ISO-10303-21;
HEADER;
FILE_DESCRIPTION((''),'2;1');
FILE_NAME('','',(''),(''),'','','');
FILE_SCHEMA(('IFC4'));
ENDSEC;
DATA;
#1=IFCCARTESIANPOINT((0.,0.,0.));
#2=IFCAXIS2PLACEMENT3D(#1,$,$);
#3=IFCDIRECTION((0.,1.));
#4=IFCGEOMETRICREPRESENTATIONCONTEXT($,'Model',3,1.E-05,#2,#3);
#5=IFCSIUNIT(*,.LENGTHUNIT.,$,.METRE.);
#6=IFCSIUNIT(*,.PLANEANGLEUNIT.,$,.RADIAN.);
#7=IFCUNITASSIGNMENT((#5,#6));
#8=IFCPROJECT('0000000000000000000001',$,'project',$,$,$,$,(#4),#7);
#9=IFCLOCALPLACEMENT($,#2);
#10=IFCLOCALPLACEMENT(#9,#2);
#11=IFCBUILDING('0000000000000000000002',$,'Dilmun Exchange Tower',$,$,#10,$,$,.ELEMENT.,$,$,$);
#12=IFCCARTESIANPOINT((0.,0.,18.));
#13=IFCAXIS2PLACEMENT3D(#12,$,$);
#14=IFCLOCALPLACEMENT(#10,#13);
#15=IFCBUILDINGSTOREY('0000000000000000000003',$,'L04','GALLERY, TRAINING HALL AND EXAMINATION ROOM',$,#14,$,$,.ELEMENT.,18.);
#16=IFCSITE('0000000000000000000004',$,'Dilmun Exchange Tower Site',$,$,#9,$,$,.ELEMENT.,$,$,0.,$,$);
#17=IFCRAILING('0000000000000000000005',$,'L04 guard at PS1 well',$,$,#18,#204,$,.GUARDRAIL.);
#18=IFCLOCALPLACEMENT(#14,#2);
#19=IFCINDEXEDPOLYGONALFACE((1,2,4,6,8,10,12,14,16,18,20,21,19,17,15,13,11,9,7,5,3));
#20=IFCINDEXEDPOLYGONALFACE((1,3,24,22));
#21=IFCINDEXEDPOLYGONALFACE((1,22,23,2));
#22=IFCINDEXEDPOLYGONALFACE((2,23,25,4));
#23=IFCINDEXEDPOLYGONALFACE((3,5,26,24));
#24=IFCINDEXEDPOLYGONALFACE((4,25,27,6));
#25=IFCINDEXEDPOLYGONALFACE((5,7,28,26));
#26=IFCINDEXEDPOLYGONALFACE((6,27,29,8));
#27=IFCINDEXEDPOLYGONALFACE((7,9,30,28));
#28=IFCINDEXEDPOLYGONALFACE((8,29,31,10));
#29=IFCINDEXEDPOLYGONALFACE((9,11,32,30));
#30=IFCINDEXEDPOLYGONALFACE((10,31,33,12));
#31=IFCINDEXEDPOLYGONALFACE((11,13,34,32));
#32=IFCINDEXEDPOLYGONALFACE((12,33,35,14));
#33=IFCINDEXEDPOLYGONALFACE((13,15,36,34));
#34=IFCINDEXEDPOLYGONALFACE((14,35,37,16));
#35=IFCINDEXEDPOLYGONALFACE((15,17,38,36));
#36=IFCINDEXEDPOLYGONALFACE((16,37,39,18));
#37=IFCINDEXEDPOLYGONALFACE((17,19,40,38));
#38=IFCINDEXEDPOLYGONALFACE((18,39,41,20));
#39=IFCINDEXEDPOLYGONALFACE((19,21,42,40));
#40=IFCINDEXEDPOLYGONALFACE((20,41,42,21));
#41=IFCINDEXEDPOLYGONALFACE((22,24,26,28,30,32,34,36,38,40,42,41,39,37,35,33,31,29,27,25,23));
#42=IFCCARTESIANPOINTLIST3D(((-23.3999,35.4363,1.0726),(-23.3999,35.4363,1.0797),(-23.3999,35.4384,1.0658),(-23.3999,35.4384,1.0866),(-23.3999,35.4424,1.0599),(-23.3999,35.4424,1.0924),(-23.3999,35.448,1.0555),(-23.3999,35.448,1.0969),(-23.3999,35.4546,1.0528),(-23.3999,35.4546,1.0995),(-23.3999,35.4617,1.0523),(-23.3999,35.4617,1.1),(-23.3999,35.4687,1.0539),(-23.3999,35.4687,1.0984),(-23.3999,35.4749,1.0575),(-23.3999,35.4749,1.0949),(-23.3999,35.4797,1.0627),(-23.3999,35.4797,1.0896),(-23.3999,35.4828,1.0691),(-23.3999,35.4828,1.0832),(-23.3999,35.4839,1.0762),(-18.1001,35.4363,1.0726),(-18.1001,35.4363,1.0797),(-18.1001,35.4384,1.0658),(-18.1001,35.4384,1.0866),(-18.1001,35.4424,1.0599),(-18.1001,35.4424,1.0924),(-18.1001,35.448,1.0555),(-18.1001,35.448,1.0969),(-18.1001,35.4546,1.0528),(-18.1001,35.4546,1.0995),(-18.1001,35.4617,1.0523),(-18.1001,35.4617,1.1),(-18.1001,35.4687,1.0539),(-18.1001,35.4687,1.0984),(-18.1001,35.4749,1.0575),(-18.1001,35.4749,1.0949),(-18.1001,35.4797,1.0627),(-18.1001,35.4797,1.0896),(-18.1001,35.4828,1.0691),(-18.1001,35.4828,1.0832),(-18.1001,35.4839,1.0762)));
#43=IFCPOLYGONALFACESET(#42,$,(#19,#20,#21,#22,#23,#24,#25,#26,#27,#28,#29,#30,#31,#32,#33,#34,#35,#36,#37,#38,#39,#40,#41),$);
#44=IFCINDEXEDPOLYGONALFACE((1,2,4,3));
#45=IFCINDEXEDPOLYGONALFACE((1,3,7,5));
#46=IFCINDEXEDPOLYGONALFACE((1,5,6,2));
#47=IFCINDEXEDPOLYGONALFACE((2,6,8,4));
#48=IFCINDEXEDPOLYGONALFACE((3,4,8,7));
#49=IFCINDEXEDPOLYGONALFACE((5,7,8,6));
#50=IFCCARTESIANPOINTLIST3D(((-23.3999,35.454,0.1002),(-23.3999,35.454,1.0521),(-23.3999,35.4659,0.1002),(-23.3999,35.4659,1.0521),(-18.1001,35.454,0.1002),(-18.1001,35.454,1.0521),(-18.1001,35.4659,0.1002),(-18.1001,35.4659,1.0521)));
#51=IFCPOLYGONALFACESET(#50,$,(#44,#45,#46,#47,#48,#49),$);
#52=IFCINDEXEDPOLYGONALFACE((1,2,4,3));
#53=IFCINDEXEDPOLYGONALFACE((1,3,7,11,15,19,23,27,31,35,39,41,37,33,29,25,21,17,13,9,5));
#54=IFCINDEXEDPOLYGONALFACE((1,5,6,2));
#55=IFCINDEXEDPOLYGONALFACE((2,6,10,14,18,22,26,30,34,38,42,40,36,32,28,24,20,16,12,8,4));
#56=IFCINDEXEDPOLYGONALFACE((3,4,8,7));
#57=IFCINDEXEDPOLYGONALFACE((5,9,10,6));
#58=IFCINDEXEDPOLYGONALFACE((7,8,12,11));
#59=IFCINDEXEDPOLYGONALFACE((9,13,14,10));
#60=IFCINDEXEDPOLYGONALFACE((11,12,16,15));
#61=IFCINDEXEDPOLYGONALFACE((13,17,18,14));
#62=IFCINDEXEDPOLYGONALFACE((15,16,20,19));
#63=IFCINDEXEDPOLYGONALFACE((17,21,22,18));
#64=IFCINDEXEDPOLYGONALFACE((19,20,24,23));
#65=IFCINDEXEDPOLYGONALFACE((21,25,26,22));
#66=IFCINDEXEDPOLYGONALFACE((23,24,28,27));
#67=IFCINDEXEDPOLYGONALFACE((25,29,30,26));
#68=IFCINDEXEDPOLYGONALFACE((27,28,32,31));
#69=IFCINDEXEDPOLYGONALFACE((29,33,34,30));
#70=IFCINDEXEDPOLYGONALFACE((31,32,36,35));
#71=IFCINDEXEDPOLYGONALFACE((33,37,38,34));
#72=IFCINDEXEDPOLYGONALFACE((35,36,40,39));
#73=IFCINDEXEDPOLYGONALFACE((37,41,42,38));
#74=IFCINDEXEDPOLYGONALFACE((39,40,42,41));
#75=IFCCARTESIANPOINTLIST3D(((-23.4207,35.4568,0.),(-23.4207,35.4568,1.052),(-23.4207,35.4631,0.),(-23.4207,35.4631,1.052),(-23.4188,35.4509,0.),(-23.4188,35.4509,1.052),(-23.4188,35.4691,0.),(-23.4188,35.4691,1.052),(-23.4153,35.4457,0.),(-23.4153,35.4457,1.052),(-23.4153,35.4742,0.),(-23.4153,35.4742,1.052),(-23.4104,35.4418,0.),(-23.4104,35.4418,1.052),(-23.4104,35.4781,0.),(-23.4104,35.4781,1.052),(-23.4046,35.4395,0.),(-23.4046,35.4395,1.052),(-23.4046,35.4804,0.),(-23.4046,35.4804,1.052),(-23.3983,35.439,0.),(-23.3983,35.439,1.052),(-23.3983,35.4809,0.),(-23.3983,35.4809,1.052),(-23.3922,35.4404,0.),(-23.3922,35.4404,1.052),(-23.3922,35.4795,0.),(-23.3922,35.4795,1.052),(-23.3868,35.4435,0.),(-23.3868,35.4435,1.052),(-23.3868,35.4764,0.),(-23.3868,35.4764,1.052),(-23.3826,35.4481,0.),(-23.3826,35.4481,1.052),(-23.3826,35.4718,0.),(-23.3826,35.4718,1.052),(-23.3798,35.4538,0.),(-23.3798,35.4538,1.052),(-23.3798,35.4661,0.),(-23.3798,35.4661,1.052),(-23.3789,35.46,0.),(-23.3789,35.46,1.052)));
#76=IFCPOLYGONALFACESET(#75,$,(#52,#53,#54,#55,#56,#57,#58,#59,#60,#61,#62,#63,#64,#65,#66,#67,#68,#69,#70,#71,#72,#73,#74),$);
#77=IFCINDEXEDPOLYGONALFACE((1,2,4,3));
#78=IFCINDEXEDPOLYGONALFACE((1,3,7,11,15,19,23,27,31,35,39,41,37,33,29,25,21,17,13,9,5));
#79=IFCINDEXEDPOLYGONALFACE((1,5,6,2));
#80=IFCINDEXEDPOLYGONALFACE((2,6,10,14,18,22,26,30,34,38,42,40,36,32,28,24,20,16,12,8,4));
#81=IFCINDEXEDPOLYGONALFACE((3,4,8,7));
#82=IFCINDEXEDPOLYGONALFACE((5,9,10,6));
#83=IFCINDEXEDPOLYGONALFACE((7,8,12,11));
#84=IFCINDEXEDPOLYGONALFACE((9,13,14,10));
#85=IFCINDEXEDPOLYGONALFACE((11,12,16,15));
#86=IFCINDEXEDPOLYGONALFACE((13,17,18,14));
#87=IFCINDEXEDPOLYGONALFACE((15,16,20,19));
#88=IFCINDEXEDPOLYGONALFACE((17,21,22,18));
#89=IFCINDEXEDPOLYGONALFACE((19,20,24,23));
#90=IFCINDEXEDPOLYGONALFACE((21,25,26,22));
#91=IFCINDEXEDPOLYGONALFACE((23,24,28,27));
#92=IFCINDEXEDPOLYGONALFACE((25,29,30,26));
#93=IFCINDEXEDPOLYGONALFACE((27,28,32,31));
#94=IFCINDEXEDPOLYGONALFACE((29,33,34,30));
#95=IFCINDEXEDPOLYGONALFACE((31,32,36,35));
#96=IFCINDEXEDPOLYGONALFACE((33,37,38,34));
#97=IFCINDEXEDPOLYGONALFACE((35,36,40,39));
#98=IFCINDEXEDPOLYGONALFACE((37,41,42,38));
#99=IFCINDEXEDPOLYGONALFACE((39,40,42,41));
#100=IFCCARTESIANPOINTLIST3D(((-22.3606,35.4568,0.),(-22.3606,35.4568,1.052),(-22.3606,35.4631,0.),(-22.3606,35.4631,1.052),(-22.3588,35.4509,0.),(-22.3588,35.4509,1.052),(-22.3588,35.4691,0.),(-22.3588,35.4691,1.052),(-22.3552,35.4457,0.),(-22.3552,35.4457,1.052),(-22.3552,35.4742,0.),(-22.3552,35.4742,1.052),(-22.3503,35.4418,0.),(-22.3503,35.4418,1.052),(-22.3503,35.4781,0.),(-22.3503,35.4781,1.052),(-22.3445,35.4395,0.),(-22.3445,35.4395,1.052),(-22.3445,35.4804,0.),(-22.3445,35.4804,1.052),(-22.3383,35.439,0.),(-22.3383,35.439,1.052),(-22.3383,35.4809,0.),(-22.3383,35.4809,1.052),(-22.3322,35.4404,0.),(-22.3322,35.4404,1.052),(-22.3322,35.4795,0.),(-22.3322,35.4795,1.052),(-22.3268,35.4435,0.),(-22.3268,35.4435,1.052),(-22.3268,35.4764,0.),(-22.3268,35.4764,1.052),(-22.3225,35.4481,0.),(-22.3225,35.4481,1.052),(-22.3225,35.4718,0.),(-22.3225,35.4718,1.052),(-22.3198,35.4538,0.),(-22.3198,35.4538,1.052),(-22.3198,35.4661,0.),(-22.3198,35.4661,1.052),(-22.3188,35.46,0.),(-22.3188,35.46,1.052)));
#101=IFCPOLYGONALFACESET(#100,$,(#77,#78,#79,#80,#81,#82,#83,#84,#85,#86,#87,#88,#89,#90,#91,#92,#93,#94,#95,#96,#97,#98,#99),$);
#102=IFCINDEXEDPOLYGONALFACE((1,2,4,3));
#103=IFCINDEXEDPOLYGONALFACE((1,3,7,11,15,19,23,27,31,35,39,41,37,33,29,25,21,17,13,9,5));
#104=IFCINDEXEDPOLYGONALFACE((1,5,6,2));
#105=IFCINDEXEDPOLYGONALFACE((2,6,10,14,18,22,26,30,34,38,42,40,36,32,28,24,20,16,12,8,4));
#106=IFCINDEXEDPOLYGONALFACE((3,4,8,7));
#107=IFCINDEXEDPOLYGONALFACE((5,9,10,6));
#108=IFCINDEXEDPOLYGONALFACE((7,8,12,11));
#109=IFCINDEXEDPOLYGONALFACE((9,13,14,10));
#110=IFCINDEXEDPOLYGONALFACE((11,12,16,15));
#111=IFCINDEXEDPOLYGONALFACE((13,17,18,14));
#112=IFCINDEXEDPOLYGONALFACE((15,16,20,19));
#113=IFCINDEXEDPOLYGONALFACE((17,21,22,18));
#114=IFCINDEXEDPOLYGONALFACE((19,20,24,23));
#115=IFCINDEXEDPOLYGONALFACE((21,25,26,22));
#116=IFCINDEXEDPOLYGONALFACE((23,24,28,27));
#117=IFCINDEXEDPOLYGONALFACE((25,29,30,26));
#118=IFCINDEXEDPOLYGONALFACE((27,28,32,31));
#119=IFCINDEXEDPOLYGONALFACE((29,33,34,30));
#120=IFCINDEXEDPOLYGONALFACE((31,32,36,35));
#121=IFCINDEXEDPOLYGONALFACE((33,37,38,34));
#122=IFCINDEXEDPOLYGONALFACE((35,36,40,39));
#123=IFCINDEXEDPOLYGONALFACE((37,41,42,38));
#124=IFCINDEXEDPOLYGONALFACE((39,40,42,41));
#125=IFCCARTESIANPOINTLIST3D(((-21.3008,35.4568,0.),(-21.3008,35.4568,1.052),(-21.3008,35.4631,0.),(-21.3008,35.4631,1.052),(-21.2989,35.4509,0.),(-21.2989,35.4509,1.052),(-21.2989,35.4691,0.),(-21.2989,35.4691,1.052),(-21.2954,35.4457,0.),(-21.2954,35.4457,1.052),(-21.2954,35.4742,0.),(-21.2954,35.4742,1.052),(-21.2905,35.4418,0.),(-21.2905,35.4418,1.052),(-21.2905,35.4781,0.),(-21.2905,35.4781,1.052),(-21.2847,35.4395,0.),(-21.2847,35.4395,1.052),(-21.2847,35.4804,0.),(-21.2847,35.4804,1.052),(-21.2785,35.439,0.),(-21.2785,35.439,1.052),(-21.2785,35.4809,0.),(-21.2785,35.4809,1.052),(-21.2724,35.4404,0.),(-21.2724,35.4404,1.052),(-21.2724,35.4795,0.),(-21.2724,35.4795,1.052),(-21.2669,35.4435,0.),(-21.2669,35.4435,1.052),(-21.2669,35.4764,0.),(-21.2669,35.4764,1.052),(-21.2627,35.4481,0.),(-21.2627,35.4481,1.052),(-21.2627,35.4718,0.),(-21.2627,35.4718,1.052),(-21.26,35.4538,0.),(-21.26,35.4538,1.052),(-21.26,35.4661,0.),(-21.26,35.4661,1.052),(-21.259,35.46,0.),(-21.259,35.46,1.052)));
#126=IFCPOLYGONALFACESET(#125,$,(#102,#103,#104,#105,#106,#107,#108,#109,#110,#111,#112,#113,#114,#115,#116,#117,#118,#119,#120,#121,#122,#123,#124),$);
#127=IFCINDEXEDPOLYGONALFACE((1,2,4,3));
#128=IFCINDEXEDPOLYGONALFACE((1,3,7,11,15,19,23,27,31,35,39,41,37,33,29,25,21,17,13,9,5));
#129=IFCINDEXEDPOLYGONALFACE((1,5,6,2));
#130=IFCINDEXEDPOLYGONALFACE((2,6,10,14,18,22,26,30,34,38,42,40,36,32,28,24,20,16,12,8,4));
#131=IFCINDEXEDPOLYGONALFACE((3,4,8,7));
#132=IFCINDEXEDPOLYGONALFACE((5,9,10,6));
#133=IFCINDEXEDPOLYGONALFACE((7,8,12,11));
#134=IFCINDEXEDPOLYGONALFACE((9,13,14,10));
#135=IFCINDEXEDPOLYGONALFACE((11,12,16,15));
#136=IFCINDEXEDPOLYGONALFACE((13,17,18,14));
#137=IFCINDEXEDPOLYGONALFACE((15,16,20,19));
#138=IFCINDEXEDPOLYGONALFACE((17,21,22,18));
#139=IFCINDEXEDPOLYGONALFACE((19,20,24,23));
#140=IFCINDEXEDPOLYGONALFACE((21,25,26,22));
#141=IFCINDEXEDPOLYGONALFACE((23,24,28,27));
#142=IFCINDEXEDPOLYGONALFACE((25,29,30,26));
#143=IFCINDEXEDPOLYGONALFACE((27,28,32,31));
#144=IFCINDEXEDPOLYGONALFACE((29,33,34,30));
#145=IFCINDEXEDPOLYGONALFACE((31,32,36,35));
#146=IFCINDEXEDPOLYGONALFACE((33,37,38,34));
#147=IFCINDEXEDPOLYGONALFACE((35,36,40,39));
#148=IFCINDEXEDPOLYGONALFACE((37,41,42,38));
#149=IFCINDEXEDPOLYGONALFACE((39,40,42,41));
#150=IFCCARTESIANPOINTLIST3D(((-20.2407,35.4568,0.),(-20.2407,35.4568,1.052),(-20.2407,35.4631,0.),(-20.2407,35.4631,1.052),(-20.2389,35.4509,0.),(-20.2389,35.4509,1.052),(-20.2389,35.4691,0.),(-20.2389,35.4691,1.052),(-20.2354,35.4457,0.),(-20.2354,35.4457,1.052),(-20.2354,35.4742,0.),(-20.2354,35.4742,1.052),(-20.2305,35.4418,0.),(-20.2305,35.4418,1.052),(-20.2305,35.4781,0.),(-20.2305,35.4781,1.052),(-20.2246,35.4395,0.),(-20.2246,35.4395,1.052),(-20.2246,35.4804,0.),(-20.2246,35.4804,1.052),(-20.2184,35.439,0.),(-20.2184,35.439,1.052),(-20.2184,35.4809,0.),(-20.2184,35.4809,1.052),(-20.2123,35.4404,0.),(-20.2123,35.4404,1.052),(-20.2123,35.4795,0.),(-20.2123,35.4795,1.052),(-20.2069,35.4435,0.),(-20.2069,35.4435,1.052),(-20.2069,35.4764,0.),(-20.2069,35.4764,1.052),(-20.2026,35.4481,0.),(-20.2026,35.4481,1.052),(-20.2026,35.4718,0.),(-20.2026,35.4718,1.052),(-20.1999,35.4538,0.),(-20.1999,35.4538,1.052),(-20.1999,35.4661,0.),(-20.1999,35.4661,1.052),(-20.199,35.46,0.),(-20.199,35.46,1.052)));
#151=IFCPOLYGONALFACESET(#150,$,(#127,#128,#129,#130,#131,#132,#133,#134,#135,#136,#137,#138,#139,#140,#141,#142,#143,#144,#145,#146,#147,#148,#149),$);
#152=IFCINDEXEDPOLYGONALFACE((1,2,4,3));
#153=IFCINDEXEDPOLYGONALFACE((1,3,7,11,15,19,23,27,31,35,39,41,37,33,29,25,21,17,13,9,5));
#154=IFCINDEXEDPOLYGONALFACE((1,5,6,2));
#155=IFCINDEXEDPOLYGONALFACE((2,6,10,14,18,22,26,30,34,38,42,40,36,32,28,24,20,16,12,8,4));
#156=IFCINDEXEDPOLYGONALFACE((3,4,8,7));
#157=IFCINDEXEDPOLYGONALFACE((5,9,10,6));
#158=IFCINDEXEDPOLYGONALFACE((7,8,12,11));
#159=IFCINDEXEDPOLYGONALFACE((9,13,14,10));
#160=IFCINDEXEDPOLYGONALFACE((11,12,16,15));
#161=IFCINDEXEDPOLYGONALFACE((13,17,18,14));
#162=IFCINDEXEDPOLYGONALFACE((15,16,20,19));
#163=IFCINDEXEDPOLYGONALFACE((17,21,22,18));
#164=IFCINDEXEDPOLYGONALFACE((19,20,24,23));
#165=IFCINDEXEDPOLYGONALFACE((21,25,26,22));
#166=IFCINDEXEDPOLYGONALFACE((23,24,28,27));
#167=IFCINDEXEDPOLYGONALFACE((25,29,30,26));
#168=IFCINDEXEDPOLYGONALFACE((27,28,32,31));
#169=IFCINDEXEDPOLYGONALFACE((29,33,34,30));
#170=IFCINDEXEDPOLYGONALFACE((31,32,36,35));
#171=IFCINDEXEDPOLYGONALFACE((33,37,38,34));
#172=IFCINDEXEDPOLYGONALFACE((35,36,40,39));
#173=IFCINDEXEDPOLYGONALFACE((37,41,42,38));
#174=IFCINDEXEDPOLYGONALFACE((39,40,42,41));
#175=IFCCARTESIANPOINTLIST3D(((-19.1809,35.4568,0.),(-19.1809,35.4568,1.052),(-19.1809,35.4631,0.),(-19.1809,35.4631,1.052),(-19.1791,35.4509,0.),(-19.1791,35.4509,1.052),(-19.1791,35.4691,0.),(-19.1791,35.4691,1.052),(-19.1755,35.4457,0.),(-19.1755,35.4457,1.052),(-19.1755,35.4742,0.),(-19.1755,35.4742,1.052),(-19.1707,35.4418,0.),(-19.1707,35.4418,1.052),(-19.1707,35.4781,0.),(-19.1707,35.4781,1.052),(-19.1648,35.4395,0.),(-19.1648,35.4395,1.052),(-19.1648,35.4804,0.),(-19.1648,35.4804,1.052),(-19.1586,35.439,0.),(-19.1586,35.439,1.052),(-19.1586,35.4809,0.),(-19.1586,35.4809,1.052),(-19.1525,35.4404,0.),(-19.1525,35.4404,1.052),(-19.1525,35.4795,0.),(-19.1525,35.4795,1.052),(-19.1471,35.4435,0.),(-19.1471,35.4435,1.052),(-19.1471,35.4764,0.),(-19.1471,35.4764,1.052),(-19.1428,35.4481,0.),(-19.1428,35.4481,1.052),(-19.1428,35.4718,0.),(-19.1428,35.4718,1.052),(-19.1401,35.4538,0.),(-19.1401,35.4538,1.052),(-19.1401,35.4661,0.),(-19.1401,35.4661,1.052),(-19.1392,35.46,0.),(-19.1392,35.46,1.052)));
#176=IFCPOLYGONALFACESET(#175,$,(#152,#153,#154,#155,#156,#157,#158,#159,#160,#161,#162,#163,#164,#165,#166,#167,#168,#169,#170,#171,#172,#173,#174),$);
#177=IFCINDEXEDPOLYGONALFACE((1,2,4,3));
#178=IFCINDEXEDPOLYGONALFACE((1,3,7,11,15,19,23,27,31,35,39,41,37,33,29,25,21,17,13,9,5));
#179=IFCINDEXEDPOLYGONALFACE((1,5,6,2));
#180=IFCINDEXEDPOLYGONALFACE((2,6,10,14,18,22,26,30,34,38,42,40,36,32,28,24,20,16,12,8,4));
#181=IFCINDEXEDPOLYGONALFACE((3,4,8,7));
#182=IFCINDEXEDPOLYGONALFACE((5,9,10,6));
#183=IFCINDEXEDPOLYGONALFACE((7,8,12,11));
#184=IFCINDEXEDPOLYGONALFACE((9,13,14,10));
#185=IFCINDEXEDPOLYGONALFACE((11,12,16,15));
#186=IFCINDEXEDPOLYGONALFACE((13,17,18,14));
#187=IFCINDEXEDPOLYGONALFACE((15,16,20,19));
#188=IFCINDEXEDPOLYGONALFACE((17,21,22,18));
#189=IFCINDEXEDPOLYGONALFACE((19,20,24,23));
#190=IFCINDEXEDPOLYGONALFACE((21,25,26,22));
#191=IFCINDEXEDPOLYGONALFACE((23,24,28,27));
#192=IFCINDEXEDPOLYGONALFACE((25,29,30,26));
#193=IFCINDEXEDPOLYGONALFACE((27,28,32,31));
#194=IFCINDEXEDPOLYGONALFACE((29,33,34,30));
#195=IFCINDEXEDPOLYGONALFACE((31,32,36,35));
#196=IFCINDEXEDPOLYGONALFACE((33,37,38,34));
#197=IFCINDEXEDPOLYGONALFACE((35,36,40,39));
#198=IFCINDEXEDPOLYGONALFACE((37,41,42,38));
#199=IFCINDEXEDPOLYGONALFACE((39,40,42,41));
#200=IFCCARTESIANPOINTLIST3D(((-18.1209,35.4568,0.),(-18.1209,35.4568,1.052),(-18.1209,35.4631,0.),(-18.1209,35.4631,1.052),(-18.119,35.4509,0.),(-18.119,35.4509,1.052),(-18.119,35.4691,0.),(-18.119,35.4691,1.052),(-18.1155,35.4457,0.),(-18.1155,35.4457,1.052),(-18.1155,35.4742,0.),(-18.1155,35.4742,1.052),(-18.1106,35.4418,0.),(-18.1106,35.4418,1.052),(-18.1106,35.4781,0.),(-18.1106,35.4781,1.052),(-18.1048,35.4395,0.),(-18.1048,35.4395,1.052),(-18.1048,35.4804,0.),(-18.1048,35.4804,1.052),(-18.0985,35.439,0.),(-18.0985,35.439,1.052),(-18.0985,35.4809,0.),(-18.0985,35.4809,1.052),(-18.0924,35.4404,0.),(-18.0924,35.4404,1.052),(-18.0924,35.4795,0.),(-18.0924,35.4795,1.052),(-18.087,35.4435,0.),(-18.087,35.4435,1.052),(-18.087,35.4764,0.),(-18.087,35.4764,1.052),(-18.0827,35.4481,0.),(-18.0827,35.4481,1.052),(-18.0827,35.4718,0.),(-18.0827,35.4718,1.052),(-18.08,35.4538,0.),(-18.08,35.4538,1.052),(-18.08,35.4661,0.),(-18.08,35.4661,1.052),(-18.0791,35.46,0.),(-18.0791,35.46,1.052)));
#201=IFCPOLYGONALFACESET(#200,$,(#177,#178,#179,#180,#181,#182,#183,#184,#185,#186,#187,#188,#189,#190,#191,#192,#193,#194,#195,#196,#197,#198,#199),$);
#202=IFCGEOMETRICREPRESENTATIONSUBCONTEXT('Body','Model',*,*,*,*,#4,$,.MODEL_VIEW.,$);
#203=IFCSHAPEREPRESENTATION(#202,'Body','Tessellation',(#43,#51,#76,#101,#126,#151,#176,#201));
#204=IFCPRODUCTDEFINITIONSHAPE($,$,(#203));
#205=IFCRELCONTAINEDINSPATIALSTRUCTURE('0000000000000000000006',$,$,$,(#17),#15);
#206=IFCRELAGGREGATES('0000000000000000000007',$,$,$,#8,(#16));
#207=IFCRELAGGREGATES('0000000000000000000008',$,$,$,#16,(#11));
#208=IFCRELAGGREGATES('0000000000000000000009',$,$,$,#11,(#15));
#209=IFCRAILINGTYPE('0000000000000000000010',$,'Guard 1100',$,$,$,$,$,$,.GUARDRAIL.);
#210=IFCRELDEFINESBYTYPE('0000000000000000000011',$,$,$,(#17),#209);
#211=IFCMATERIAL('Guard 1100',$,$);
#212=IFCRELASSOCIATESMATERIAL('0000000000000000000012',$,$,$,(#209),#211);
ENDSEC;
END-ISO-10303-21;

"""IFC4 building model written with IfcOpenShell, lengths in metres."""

from ifc_helpers import new_model, si_unit, direction, frame, origin, origin_2d, place, context, subcontext, project, spatial, rectangle, circle, extrude, material, type_object, element, save


model = new_model("IFC4")

# Units and contexts
model_context = context("Model", 3, precision=1e-05, world=origin(), true_north=direction((0.0, 1.0)))
body_context = subcontext(model_context, "Body", "Model", "MODEL_VIEW")
ifc_project = project(units=[si_unit("LENGTHUNIT", "METRE"), si_unit("PLANEANGLEUNIT", "RADIAN")], contexts=[model_context])

# Site, building, storey
site_placement = place(None, origin())
site = spatial("IfcSite", under=ifc_project, at=site_placement, Name="Dilmun Exchange Tower Site", CompositionType="ELEMENT", RefElevation=0.0)
building_placement = place(site_placement, origin())
building = spatial("IfcBuilding", under=site, at=building_placement, Name="Dilmun Exchange Tower", CompositionType="ELEMENT")
storey_placement = place(building_placement, frame((0.0, 0.0, 18.0)))
storey = spatial("IfcBuildingStorey", under=building, at=storey_placement, Name="L04", Description="GALLERY, TRAINING HALL AND EXAMINATION ROOM", CompositionType="ELEMENT", Elevation=18.0)

# Railing
ifc_material_1 = material(Name="Guard 1100")
railing_type_1 = type_object("IfcRailingType", Name="Guard 1100", PredefinedType="GUARDRAIL", material=ifc_material_1)
railing_1_placement = place(storey_placement, frame((-23.3999, 35.46, 0.0)))
element("IfcRailing", 1, at=railing_1_placement, inside=storey, type_object=railing_type_1, Name="L04 guard at PS1 well", PredefinedType="GUARDRAIL", context=body_context, shape_type="SweptSolid", body=[
    extrude(circle(Radius=0.0239, at=origin_2d()), frame((0.0, 0.0, 1.0762), z_axis=(1.0, 0.0, 0.0), x_axis=(0.0, 1.0, 0.0)), (0.0, 0.0, 1.0), 5.2998),
    extrude(rectangle(XDim=0.012, YDim=0.9519, at=origin_2d()), frame((0.0, 0.0, 0.5762), z_axis=(1.0, 0.0, 0.0), x_axis=(0.0, 1.0, 0.0)), (0.0, 0.0, 1.0), 5.2998),
    extrude(circle(Radius=0.021, at=origin_2d()), origin(), (0.0, 0.0, 1.0), 1.052),
    extrude(circle(Radius=0.021, at=origin_2d()), frame((1.0601, 0.0, 0.0)), (0.0, 0.0, 1.0), 1.052),
    extrude(circle(Radius=0.021, at=origin_2d()), frame((2.1199, 0.0, 0.0)), (0.0, 0.0, 1.0), 1.052),
    extrude(circle(Radius=0.021, at=origin_2d()), frame((3.1799, 0.0, 0.0)), (0.0, 0.0, 1.0), 1.052),
    extrude(circle(Radius=0.021, at=origin_2d()), frame((4.2397, 0.0, 0.0)), (0.0, 0.0, 1.0), 1.052),
    extrude(circle(Radius=0.021, at=origin_2d()), frame((5.2998, 0.0, 0.0)), (0.0, 0.0, 1.0), 1.052),
])

save(model, "model.ifc")
